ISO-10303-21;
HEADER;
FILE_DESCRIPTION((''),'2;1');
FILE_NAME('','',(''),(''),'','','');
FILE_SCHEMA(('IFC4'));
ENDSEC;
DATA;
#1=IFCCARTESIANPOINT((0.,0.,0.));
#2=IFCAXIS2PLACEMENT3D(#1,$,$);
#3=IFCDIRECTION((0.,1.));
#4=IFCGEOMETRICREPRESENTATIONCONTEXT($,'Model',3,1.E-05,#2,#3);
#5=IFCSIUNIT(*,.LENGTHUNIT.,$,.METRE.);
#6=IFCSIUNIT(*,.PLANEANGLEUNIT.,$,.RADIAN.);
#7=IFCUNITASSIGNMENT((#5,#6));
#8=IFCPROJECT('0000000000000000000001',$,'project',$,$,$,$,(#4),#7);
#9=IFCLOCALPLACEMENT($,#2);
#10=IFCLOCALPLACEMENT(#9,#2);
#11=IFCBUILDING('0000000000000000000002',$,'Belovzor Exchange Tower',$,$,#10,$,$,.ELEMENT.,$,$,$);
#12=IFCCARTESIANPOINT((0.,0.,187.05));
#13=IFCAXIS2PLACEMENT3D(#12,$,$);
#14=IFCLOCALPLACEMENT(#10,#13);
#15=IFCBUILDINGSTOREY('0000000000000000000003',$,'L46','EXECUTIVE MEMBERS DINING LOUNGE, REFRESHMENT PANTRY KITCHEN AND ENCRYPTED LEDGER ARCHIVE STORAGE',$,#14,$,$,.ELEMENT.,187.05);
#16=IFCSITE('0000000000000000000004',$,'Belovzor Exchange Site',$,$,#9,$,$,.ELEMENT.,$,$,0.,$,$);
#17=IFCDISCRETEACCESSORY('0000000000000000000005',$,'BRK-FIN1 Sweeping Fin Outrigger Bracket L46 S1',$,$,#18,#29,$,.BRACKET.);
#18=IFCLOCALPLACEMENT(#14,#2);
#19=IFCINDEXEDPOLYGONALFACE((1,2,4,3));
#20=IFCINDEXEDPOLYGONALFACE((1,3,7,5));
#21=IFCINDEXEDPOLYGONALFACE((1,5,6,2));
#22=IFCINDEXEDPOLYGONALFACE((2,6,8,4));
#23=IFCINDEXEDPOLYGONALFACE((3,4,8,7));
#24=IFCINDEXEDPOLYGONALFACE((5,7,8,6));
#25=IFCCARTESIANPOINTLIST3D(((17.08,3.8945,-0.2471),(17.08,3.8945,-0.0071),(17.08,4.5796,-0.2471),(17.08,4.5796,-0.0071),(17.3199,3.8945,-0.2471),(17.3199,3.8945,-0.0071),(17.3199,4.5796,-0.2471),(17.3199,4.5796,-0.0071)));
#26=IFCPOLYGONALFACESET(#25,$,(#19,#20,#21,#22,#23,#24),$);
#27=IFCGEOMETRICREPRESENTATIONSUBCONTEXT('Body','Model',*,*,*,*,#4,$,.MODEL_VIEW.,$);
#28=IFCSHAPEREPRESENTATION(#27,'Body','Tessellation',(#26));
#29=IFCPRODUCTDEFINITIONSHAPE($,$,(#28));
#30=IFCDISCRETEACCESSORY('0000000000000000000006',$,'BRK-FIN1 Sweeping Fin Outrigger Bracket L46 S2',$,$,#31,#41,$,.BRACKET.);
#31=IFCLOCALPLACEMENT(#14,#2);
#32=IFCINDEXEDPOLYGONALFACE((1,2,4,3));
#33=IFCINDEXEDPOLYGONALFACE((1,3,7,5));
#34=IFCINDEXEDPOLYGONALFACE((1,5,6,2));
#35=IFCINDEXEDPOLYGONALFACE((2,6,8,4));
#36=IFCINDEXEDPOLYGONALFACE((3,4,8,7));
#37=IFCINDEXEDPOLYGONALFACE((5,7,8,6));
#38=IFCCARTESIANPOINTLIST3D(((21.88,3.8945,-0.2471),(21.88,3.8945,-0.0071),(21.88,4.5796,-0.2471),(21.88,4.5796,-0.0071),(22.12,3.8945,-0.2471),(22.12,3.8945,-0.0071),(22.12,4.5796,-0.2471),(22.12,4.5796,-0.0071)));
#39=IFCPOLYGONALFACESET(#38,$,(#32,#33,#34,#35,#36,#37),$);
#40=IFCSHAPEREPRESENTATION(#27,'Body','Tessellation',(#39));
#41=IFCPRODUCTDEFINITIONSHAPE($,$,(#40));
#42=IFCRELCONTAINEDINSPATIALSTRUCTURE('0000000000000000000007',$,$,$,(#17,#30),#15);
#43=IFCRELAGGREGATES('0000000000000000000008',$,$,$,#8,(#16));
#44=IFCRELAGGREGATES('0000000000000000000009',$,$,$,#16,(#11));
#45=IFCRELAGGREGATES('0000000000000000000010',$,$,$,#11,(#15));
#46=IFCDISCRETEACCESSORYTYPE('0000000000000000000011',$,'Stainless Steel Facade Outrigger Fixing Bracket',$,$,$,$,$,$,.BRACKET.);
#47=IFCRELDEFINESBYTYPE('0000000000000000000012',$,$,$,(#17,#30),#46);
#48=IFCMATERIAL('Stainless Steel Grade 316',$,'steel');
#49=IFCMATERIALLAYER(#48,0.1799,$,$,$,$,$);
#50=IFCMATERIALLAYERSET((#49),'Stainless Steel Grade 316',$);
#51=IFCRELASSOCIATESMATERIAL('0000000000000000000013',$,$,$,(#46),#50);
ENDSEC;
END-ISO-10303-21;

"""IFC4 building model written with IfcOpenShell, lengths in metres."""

from ifc_helpers import new_model, si_unit, direction, frame, origin, origin_2d, place, context, subcontext, project, spatial, rectangle, extrude, material, layer, layer_set, type_object, element, save


model = new_model("IFC4")

# Units and contexts
model_context = context("Model", 3, precision=1e-05, world=origin(), true_north=direction((0.0, 1.0)))
body_context = subcontext(model_context, "Body", "Model", "MODEL_VIEW")
ifc_project = project(units=[si_unit("LENGTHUNIT", "METRE"), si_unit("PLANEANGLEUNIT", "RADIAN")], contexts=[model_context])

# Site, building, storey
site_placement = place(None, origin())
site = spatial("IfcSite", under=ifc_project, at=site_placement, Name="Belovzor Exchange Site", CompositionType="ELEMENT", RefElevation=0.0)
building_placement = place(site_placement, origin())
building = spatial("IfcBuilding", under=site, at=building_placement, Name="Belovzor Exchange Tower", CompositionType="ELEMENT")
storey_placement = place(building_placement, frame((0.0, 0.0, 187.05)))
storey = spatial("IfcBuildingStorey", under=building, at=storey_placement, Name="L46", Description="EXECUTIVE MEMBERS DINING LOUNGE, REFRESHMENT PANTRY KITCHEN AND ENCRYPTED LEDGER ARCHIVE STORAGE", CompositionType="ELEMENT", Elevation=187.05)

# Discrete accessories
ifc_material_1 = material(Name="Stainless Steel Grade 316", Category="steel")
ifc_layer_1 = layer(ifc_material_1, 0.1799)
ifc_layer_set_1 = layer_set([ifc_layer_1], Name="Stainless Steel Grade 316")
discrete_accessory_type = type_object("IfcDiscreteAccessoryType", Name="Stainless Steel Facade Outrigger Fixing Bracket", PredefinedType="BRACKET", material=ifc_layer_set_1)
for number, where, z_axis, x_axis, name in (
    (1, (17.2, 4.2371, -0.2471), (0.0, 0.0, 1.0), (0.0, 1.0, 0.0), "BRK-FIN1 Sweeping Fin Outrigger Bracket L46 S1"),
    (2, (22.0, 4.2371, -0.2471), (0.0, 0.0, 1.0), (0.0, 1.0, 0.0), "BRK-FIN1 Sweeping Fin Outrigger Bracket L46 S2"),
):
    element("IfcDiscreteAccessory", number, at=place(storey_placement, frame(where, z_axis=z_axis, x_axis=x_axis)), inside=storey, type_object=discrete_accessory_type, Name=name, PredefinedType="BRACKET", context=body_context, shape_type="SweptSolid", body=[
        extrude(rectangle(XDim=0.6851, YDim=0.24, at=origin_2d()), origin(), (0.0, 0.0, 1.0), 0.24),
    ])

save(model, "model.ifc")
